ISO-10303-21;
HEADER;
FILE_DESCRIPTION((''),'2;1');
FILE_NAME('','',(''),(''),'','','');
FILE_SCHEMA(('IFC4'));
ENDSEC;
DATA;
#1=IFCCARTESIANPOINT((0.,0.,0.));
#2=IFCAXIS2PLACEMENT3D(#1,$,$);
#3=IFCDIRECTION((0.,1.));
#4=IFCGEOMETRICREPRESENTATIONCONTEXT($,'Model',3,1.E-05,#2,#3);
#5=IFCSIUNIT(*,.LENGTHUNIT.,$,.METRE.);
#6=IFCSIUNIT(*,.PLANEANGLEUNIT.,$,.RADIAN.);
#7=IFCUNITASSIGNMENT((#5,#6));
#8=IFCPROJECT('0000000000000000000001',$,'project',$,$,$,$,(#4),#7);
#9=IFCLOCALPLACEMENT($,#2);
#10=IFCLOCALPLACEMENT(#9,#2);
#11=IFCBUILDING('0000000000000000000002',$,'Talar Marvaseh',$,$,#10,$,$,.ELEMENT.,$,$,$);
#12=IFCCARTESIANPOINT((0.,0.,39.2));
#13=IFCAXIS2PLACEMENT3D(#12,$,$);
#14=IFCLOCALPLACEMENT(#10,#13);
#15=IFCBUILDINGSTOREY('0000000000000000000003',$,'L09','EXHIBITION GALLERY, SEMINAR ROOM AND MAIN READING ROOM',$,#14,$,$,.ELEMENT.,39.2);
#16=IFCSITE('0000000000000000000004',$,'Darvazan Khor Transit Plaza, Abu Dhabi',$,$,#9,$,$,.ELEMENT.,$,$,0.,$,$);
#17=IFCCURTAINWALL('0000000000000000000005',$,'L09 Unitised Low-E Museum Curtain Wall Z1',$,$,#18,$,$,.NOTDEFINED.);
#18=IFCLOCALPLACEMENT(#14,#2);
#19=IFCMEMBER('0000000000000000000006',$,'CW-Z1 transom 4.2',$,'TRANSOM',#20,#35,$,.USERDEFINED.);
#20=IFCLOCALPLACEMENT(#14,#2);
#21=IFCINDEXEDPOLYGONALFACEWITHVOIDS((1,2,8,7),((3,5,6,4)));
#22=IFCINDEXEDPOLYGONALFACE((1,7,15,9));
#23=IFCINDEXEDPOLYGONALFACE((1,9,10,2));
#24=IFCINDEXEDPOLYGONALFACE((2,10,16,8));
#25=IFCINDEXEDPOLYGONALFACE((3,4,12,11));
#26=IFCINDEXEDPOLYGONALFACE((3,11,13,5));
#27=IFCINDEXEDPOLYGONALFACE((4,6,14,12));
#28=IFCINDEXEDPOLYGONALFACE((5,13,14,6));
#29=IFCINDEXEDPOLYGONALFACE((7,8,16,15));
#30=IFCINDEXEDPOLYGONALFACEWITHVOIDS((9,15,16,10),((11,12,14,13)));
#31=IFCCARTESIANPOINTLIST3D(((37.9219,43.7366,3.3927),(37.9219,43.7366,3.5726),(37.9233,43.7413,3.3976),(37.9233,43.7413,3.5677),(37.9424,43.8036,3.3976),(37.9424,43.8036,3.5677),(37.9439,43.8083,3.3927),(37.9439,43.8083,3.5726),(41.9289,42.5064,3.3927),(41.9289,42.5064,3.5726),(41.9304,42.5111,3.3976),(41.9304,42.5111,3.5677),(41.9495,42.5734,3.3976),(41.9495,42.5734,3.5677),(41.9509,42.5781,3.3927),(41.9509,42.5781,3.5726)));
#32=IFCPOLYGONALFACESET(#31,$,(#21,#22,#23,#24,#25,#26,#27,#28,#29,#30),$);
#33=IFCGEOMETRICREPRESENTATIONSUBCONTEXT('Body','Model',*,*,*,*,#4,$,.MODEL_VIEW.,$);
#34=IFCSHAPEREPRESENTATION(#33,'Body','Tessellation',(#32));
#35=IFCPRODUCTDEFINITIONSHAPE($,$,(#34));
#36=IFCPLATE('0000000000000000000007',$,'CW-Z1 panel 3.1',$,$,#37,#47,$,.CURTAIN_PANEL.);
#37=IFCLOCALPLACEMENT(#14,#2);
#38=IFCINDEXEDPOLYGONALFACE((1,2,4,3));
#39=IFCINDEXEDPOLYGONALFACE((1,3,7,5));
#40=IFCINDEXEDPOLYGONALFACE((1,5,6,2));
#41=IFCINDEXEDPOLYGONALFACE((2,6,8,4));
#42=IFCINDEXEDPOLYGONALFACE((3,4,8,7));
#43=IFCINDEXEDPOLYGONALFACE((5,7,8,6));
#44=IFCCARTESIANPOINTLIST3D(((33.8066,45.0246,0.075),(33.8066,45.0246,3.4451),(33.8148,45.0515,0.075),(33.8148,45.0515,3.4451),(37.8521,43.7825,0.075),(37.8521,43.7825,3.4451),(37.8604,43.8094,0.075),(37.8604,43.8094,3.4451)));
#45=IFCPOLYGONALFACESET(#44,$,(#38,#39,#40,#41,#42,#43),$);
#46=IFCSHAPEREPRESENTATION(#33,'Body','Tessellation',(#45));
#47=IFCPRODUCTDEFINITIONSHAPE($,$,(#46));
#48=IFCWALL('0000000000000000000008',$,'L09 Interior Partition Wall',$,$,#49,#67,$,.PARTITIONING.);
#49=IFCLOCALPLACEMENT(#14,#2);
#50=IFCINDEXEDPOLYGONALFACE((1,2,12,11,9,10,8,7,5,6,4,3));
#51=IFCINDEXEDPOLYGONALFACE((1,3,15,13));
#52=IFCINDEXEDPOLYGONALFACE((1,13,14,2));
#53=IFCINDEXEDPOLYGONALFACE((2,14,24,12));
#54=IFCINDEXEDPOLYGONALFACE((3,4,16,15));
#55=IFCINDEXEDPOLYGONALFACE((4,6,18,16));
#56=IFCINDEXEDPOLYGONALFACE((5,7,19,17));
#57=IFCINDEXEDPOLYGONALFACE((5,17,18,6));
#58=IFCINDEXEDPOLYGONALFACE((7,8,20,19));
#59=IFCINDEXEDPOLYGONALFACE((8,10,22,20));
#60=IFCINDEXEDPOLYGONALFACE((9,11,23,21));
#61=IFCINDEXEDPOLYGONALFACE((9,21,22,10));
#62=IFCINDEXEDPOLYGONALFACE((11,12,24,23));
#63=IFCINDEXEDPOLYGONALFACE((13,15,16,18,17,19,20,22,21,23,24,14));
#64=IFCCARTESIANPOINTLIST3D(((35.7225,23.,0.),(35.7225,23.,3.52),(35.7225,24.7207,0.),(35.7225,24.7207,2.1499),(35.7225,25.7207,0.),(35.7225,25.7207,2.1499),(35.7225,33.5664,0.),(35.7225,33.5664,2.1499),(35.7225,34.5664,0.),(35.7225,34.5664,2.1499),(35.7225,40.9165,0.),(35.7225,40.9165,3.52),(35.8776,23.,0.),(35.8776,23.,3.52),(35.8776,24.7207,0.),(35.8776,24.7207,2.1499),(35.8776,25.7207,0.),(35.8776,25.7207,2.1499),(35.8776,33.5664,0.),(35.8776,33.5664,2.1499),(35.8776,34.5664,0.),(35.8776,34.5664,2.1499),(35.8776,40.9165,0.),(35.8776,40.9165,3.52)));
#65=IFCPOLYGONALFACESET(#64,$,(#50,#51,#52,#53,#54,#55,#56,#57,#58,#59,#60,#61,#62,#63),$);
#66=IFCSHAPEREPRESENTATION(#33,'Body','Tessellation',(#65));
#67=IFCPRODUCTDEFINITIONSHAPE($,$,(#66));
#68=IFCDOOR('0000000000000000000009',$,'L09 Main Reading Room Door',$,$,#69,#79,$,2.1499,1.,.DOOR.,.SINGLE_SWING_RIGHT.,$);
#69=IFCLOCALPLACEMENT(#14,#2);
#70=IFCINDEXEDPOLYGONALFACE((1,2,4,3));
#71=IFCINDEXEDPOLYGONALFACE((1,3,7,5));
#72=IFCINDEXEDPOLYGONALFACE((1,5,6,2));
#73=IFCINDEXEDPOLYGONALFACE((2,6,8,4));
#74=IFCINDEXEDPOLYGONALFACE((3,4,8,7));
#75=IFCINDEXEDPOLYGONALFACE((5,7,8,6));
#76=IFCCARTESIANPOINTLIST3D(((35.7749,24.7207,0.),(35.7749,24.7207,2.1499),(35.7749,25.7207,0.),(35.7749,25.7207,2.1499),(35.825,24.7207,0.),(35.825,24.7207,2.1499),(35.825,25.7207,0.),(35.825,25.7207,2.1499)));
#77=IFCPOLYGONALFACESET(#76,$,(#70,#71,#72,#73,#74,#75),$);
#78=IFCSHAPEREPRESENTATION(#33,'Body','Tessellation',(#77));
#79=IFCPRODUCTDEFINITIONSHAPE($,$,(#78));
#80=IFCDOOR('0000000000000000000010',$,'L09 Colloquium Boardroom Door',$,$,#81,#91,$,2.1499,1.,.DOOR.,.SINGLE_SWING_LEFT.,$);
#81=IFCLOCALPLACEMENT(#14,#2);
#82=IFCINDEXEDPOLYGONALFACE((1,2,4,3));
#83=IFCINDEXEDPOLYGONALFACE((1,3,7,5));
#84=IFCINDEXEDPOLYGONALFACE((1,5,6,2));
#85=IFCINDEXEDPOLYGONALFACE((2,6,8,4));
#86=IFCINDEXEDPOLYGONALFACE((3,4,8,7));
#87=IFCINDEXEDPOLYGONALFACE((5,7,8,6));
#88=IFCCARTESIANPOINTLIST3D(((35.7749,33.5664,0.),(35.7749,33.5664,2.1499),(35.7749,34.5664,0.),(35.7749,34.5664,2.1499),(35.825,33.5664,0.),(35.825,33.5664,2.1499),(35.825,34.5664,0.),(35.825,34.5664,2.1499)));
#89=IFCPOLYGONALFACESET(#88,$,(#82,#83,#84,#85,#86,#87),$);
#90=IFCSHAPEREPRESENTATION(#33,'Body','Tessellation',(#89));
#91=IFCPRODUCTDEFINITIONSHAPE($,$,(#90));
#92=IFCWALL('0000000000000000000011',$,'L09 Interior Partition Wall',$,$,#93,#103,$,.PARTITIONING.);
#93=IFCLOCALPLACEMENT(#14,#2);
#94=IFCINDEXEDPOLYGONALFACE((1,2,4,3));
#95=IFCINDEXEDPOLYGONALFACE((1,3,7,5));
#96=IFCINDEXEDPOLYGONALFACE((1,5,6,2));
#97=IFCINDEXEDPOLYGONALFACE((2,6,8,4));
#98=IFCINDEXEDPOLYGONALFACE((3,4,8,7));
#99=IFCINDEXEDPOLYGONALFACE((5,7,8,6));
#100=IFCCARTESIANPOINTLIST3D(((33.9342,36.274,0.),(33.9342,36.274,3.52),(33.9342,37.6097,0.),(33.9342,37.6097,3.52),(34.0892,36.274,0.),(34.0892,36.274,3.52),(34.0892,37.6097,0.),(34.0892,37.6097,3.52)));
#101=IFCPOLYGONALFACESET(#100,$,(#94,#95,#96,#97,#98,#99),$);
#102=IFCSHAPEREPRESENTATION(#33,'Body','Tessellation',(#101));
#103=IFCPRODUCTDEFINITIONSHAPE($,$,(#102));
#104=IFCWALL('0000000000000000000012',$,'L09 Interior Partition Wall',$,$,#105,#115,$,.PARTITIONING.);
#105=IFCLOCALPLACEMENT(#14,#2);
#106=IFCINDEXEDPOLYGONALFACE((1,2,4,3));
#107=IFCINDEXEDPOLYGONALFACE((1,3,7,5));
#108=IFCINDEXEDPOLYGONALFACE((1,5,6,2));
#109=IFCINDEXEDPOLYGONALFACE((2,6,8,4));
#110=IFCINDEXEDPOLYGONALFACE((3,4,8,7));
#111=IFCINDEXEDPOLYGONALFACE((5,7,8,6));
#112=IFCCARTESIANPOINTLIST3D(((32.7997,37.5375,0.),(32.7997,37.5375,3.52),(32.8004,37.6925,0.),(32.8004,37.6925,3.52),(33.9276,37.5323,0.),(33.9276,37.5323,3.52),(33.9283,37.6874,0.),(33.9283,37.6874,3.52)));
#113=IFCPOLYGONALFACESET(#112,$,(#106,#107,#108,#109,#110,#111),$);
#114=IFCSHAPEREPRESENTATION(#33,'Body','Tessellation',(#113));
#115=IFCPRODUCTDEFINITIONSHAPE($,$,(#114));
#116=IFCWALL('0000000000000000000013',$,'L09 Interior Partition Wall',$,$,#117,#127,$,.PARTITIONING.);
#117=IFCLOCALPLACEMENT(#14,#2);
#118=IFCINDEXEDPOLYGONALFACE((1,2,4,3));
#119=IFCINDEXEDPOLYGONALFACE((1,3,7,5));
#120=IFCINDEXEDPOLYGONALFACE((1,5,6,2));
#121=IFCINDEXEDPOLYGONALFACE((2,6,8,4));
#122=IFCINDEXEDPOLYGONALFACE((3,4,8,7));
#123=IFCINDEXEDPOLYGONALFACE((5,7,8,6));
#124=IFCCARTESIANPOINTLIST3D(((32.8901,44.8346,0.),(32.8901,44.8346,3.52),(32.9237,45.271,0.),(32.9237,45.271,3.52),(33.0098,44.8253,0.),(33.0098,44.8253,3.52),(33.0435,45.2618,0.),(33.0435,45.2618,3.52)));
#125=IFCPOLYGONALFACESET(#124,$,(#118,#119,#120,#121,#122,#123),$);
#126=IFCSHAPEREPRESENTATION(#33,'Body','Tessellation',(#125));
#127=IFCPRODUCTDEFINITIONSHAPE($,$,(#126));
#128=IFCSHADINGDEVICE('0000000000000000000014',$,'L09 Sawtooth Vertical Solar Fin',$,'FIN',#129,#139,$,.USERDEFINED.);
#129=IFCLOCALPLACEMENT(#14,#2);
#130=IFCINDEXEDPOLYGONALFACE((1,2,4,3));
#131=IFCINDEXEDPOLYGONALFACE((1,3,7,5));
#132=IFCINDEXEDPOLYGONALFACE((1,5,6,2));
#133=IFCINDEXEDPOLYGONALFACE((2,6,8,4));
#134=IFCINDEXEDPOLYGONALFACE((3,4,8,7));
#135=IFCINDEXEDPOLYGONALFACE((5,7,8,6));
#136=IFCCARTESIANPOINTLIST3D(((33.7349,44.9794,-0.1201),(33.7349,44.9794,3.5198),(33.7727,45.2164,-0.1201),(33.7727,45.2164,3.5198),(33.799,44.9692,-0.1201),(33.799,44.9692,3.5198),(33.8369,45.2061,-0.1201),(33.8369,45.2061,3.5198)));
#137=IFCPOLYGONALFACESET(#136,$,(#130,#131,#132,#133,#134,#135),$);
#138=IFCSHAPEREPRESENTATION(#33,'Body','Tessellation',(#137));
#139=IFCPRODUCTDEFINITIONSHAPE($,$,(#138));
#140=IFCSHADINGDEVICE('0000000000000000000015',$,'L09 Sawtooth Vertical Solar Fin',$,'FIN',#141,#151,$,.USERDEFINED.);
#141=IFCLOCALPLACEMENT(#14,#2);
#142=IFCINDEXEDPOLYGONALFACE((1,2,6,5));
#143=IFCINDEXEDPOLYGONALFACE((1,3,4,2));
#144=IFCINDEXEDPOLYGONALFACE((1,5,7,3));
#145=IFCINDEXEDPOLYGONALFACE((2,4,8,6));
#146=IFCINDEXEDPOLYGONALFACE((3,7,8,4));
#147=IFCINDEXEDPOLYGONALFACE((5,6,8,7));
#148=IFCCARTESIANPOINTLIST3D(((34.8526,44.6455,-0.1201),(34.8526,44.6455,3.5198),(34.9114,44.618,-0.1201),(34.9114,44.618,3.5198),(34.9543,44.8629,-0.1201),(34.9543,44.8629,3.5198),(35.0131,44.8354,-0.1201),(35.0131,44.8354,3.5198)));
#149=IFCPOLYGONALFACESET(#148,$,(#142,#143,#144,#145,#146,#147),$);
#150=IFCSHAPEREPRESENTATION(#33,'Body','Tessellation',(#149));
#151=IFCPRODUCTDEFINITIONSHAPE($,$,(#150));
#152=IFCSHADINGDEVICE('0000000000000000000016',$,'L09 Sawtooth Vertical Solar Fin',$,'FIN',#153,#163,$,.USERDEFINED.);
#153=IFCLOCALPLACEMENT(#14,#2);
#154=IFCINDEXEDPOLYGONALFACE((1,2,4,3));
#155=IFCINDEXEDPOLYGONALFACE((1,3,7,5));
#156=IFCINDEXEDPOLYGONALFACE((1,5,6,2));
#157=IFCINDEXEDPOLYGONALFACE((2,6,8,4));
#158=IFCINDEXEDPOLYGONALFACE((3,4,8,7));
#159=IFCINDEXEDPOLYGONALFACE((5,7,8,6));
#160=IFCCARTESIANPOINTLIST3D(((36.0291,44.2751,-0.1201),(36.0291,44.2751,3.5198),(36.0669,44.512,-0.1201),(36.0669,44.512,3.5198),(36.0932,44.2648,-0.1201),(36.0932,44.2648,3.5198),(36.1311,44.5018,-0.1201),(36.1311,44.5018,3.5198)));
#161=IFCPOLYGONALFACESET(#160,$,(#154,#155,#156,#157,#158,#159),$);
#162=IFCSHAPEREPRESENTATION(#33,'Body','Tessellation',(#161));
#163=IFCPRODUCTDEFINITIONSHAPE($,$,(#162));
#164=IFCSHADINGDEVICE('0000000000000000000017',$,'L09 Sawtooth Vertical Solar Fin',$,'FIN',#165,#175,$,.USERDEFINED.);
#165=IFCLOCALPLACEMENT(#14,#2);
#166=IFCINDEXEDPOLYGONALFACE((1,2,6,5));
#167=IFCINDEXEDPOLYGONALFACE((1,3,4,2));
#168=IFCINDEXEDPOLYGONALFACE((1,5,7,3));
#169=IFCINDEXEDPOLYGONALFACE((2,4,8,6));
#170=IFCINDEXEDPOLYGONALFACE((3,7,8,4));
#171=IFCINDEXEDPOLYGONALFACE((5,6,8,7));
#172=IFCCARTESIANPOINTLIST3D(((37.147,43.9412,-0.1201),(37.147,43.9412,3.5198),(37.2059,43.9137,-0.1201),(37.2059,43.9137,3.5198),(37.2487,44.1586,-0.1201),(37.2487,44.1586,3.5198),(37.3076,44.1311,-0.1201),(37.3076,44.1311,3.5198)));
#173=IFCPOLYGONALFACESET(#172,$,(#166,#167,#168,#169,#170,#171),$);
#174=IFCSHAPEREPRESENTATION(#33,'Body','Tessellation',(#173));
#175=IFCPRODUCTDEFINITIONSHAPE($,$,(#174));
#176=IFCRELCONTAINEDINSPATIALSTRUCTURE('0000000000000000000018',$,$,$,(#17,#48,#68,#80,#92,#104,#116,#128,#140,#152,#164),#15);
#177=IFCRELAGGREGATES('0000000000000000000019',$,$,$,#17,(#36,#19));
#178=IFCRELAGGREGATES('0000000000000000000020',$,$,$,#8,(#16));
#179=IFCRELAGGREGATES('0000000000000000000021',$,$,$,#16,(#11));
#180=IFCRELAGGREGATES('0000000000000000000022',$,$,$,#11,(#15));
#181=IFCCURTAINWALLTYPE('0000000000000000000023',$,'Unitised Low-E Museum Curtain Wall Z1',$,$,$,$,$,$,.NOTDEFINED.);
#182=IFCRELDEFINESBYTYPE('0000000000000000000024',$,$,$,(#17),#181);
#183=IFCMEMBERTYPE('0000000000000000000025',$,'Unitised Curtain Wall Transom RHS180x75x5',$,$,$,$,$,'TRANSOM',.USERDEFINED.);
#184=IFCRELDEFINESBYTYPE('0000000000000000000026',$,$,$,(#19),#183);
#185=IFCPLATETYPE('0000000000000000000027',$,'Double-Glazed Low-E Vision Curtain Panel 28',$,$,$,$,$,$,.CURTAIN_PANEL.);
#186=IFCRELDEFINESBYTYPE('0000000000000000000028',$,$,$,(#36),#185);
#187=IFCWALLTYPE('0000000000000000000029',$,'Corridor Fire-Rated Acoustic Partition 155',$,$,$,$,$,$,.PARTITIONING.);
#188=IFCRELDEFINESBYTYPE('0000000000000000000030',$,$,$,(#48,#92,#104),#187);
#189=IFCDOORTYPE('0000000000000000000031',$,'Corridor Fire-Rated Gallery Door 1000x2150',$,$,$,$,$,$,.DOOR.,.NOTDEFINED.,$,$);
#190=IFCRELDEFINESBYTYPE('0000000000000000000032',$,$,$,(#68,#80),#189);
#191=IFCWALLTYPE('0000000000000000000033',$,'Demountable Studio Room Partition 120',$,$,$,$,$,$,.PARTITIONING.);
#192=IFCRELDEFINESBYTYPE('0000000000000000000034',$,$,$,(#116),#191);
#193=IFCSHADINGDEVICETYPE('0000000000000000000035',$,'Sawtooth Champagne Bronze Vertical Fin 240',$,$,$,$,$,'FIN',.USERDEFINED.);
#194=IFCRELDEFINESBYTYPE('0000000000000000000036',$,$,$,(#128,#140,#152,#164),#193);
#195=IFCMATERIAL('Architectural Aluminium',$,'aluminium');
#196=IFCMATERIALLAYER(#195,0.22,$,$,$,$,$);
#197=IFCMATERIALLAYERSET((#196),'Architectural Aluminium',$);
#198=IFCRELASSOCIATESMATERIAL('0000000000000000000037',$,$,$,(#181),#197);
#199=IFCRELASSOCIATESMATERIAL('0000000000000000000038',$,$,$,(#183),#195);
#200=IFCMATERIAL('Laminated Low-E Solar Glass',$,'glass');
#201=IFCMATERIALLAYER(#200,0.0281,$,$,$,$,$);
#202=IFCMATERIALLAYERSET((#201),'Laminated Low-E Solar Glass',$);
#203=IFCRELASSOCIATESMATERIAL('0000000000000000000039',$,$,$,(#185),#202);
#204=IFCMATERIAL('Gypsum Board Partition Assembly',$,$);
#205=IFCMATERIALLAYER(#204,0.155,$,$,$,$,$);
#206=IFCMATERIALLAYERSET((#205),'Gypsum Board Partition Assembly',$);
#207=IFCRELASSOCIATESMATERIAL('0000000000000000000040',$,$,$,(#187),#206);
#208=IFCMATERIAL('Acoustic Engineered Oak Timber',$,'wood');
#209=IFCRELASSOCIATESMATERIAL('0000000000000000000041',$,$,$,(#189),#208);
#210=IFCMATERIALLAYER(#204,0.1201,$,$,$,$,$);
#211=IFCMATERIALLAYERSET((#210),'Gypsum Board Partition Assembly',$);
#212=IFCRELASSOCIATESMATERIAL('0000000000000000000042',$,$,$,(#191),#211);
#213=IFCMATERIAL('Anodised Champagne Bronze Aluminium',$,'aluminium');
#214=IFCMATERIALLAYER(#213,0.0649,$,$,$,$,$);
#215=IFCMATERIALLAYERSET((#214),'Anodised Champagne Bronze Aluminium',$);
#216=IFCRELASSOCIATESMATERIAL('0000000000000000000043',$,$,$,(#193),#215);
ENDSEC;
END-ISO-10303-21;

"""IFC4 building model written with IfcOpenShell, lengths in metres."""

from ifc_helpers import new_model, si_unit, direction, frame, frame_2d, origin, origin_2d, place, context, subcontext, project, spatial, rectangle, hollow_rectangle, extrude, source, transform, mapped, material, layer, layer_set, material_profile, profile_set, type_object, type_shapes, element, fill, aggregate, save


model = new_model("IFC4")

# Units and contexts
model_context = context("Model", 3, precision=1e-05, world=origin(), true_north=direction((0.0, 1.0)))
body_context = subcontext(model_context, "Body", "Model", "MODEL_VIEW")
ifc_project = project(units=[si_unit("LENGTHUNIT", "METRE"), si_unit("PLANEANGLEUNIT", "RADIAN")], contexts=[model_context])

# Site, building, storey
site_placement = place(None, origin())
site = spatial("IfcSite", under=ifc_project, at=site_placement, Name="Darvazan Khor Transit Plaza, Abu Dhabi", CompositionType="ELEMENT", RefElevation=0.0)
building_placement = place(site_placement, origin())
building = spatial("IfcBuilding", under=site, at=building_placement, Name="Talar Marvaseh", CompositionType="ELEMENT")
storey_placement = place(building_placement, frame((0.0, 0.0, 39.2)))
storey = spatial("IfcBuildingStorey", under=building, at=storey_placement, Name="L09", Description="EXHIBITION GALLERY, SEMINAR ROOM AND MAIN READING ROOM", CompositionType="ELEMENT", Elevation=39.2)

# Curtain wall, member, plate
ifc_material_1 = material(Name="Architectural Aluminium", Category="aluminium")
ifc_layer_1 = layer(ifc_material_1, 0.22)
ifc_layer_set_1 = layer_set([ifc_layer_1], Name="Architectural Aluminium")
curtain_wall_type = type_object("IfcCurtainWallType", Name="Unitised Low-E Museum Curtain Wall Z1", PredefinedType="NOTDEFINED", material=ifc_layer_set_1)
curtain_wall_placement = place(storey_placement, origin())
curtain_wall = element("IfcCurtainWall", 1, at=curtain_wall_placement, inside=storey, type_object=curtain_wall_type, Name="L09 Unitised Low-E Museum Curtain Wall Z1", PredefinedType="NOTDEFINED")
ifc_material_profile_1 = material_profile(ifc_material_1, hollow_rectangle(XDim=0.075, YDim=0.1799, WallThickness=0.0049, at=origin_2d()), Name="RHS180x75x5")
ifc_profile_set_1 = profile_set([ifc_material_profile_1], Name="Architectural Aluminium")
member_type_1 = type_object("IfcMemberType", Name="Unitised Curtain Wall Transom RHS180x75x5", ElementType="TRANSOM", PredefinedType="USERDEFINED", material=ifc_profile_set_1)
shared_shape_1 = source(origin(), body_context, "Body", "SweptSolid", [
    extrude(hollow_rectangle(XDim=0.075, YDim=0.1799, WallThickness=0.0049, at=origin_2d()), origin(), (0.0, 0.0, 1.0), 4.1917),
])
member_1_placement = place(storey_placement, frame((37.9329, 43.7725, 3.4827), z_axis=(0.955961, -0.293492, 0.0), x_axis=(0.293492, 0.955961, 0.0)))
member_1 = element("IfcMember", 2, at=member_1_placement, type_object=member_type_1, Name="CW-Z1 transom 4.2", ObjectType="TRANSOM", PredefinedType="USERDEFINED", context=body_context, shape_type="MappedRepresentation", body=[
    mapped(shared_shape_1, transform((0.0, 0.0, 0.0), x_axis=(1.0, 0.0, 0.0), y_axis=(0.0, 1.0, 0.0), z_axis=(0.0, 0.0, 1.0), scale=1.0)),
])
ifc_material_2 = material(Name="Laminated Low-E Solar Glass", Category="glass")
ifc_layer_2 = layer(ifc_material_2, 0.0281)
ifc_layer_set_2 = layer_set([ifc_layer_2], Name="Laminated Low-E Solar Glass")
plate_type = type_object("IfcPlateType", Name="Double-Glazed Low-E Vision Curtain Panel 28", PredefinedType="CURTAIN_PANEL", material=ifc_layer_set_2)
shared_shape_2 = source(origin(), body_context, "Body", "SweptSolid", [
    extrude(rectangle(XDim=4.2319, YDim=0.0281, at=origin_2d()), origin(), (0.0, 0.0, 1.0), 3.3701),
])
type_shapes(plate_type, [shared_shape_2])
plate_placement = place(storey_placement, frame((35.8335, 44.417, 0.075), z_axis=(0.0, 0.0, 1.0), x_axis=(0.955956, -0.293508, 0.0)))
plate = element("IfcPlate", 3, at=plate_placement, type_object=plate_type, Name="CW-Z1 panel 3.1", PredefinedType="CURTAIN_PANEL", context=body_context, shape_type="MappedRepresentation", body=[
    mapped(shared_shape_2, transform((0.0, 0.0, 0.0), x_axis=(1.0, 0.0, 0.0), y_axis=(0.0, 1.0, 0.0), z_axis=(0.0, 0.0, 1.0), scale=1.0)),
])
aggregate(curtain_wall, [plate, member_1])

# Wall, openings, doors
ifc_material_3 = material(Name="Gypsum Board Partition Assembly")
ifc_layer_3 = layer(ifc_material_3, 0.155)
ifc_layer_set_3 = layer_set([ifc_layer_3], Name="Gypsum Board Partition Assembly")
wall_type_1 = type_object("IfcWallType", Name="Corridor Fire-Rated Acoustic Partition 155", PredefinedType="PARTITIONING", material=ifc_layer_set_3)
wall_1_placement = place(storey_placement, frame((35.8, 40.9165, 0.0), z_axis=(0.0, 0.0, 1.0), x_axis=(0.0, -1.0, 0.0)))
wall_1 = element("IfcWall", 4, at=wall_1_placement, inside=storey, type_object=wall_type_1, Name="L09 Interior Partition Wall", PredefinedType="PARTITIONING", context=body_context, shape_type="SweptSolid", body=[
    extrude(rectangle(XDim=17.9165, YDim=0.155, at=frame_2d((8.9583, 0.0))), origin(), (0.0, 0.0, 1.0), 3.52),
])
opening_1_placement = place(wall_1_placement, frame((15.1958, 0.0, 0.0)))
opening_1 = element("IfcOpeningElement", 5, at=opening_1_placement, cuts=wall_1, PredefinedType="OPENING", context=body_context, shape_type="SweptSolid", body=[
    extrude(rectangle(XDim=1.0, YDim=2.1499, at=frame_2d((0.5, 1.075))), frame((0.0, 0.0874, 0.0), z_axis=(0.0, -1.0, 0.0), x_axis=(1.0, 0.0, 0.0)), (0.0, 0.0, 1.0), 0.175),
])
opening_2_placement = place(wall_1_placement, frame((6.3501, 0.0, 0.0)))
opening_2 = element("IfcOpeningElement", 6, at=opening_2_placement, cuts=wall_1, PredefinedType="OPENING", context=body_context, shape_type="SweptSolid", body=[
    extrude(rectangle(XDim=1.0, YDim=2.1499, at=frame_2d((0.5, 1.075))), frame((0.0, 0.0874, 0.0), z_axis=(0.0, -1.0, 0.0), x_axis=(1.0, 0.0, 0.0)), (0.0, 0.0, 1.0), 0.175),
])
ifc_material_4 = material(Name="Acoustic Engineered Oak Timber", Category="wood")
door_type = type_object("IfcDoorType", Name="Corridor Fire-Rated Gallery Door 1000x2150", OperationType="NOTDEFINED", PredefinedType="DOOR", material=ifc_material_4)
shared_shape_3 = source(origin(), body_context, "Body", "SweptSolid", [
    extrude(rectangle(XDim=1.0, YDim=2.1499, at=frame_2d((0.5, 1.075))), frame((0.0, 0.0249, 0.0), z_axis=(0.0, -1.0, 0.0), x_axis=(1.0, 0.0, 0.0)), (0.0, 0.0, 1.0), 0.05),
])
type_shapes(door_type, [shared_shape_3])
door_1_placement = place(opening_1_placement, origin())
door_1 = element("IfcDoor", 7, at=door_1_placement, inside=storey, type_object=door_type, Name="L09 Main Reading Room Door", OperationType="SINGLE_SWING_RIGHT", OverallHeight=2.1499, OverallWidth=1.0, PredefinedType="DOOR", context=body_context, shape_type="MappedRepresentation", body=[
    mapped(shared_shape_3, transform((0.0, 0.0, 0.0), x_axis=(1.0, 0.0, 0.0), y_axis=(0.0, 1.0, 0.0), z_axis=(0.0, 0.0, 1.0), scale=1.0)),
])
fill(opening_1, door_1)
door_2_placement = place(opening_2_placement, origin())
door_2 = element("IfcDoor", 8, at=door_2_placement, inside=storey, type_object=door_type, Name="L09 Colloquium Boardroom Door", OperationType="SINGLE_SWING_LEFT", OverallHeight=2.1499, OverallWidth=1.0, PredefinedType="DOOR", context=body_context, shape_type="MappedRepresentation", body=[
    mapped(shared_shape_3, transform((0.0, 0.0, 0.0), x_axis=(1.0, 0.0, 0.0), y_axis=(0.0, 1.0, 0.0), z_axis=(0.0, 0.0, 1.0), scale=1.0)),
])
fill(opening_2, door_2)

# Walls
wall_2_placement = place(storey_placement, frame((34.0117, 36.2739, 0.0), z_axis=(0.0, 0.0, 1.0), x_axis=(0.0, 1.0, 0.0)))
element("IfcWall", 9, at=wall_2_placement, inside=storey, type_object=wall_type_1, Name="L09 Interior Partition Wall", PredefinedType="PARTITIONING", context=body_context, shape_type="SweptSolid", body=[
    extrude(rectangle(XDim=1.3357, YDim=0.155, at=frame_2d((0.668, 0.0))), origin(), (0.0, 0.0, 1.0), 3.52),
])
wall_3_placement = place(storey_placement, frame((33.928, 37.6099, 0.0), z_axis=(0.0, 0.0, 1.0), x_axis=(-0.99999, 0.004545, 0.0)))
element("IfcWall", 10, at=wall_3_placement, inside=storey, type_object=wall_type_1, Name="L09 Interior Partition Wall", PredefinedType="PARTITIONING", context=body_context, shape_type="SweptSolid", body=[
    extrude(rectangle(XDim=1.1279, YDim=0.155, at=frame_2d((0.564, 0.0))), origin(), (0.0, 0.0, 1.0), 3.52),
])
ifc_layer_4 = layer(ifc_material_3, 0.1201)
ifc_layer_set_4 = layer_set([ifc_layer_4], Name="Gypsum Board Partition Assembly")
wall_type_2 = type_object("IfcWallType", Name="Demountable Studio Room Partition 120", PredefinedType="PARTITIONING", material=ifc_layer_set_4)
wall_4_placement = place(storey_placement, frame((32.95, 44.8301, 0.0), z_axis=(0.0, 0.0, 1.0), x_axis=(0.076952, 0.997035, 0.0)))
element("IfcWall", 11, at=wall_4_placement, inside=storey, type_object=wall_type_2, Name="L09 Interior Partition Wall", PredefinedType="PARTITIONING", context=body_context, shape_type="SweptSolid", body=[
    extrude(rectangle(XDim=0.4377, YDim=0.1201, at=frame_2d((0.2188, 0.0))), origin(), (0.0, 0.0, 1.0), 3.52),
])

# Shading devices
ifc_material_5 = material(Name="Anodised Champagne Bronze Aluminium", Category="aluminium")
ifc_layer_5 = layer(ifc_material_5, 0.0649)
ifc_layer_set_5 = layer_set([ifc_layer_5], Name="Anodised Champagne Bronze Aluminium")
shading_device_type = type_object("IfcShadingDeviceType", Name="Sawtooth Champagne Bronze Vertical Fin 240", ElementType="FIN", PredefinedType="USERDEFINED", material=ifc_layer_set_5)
shared_shape_4 = source(origin(), body_context, "Body", "SweptSolid", [
    extrude(rectangle(XDim=0.24, YDim=0.0649, at=origin_2d()), origin(), (0.0, 0.0, 1.0), 3.6399),
])
type_shapes(shading_device_type, [shared_shape_4])
for number, where, z_axis, x_axis, name in (
    (12, (33.7859, 45.0928, -0.1201), (0.0, 0.0, 1.0), (0.157641, 0.987496, 0.0), "L09 Sawtooth Vertical Solar Fin"),
    (13, (34.9329, 44.7405, -0.1201), (0.0, 0.0, 1.0), (0.423725, 0.905791, 0.0), "L09 Sawtooth Vertical Solar Fin"),
    (14, (36.0801, 44.3884, -0.1201), (0.0, 0.0, 1.0), (0.157641, 0.987496, 0.0), "L09 Sawtooth Vertical Solar Fin"),
    (15, (37.2273, 44.0361, -0.1201), (0.0, 0.0, 1.0), (0.423725, 0.905791, 0.0), "L09 Sawtooth Vertical Solar Fin"),
):
    element("IfcShadingDevice", number, at=place(storey_placement, frame(where, z_axis=z_axis, x_axis=x_axis)), inside=storey, type_object=shading_device_type, Name=name, ObjectType="FIN", PredefinedType="USERDEFINED", context=body_context, shape_type="MappedRepresentation", body=[
        mapped(shared_shape_4, transform((0.0, 0.0, 0.0), x_axis=(1.0, 0.0, 0.0), y_axis=(0.0, 1.0, 0.0), z_axis=(0.0, 0.0, 1.0), scale=1.0)),
    ])

save(model, "model.ifc")
